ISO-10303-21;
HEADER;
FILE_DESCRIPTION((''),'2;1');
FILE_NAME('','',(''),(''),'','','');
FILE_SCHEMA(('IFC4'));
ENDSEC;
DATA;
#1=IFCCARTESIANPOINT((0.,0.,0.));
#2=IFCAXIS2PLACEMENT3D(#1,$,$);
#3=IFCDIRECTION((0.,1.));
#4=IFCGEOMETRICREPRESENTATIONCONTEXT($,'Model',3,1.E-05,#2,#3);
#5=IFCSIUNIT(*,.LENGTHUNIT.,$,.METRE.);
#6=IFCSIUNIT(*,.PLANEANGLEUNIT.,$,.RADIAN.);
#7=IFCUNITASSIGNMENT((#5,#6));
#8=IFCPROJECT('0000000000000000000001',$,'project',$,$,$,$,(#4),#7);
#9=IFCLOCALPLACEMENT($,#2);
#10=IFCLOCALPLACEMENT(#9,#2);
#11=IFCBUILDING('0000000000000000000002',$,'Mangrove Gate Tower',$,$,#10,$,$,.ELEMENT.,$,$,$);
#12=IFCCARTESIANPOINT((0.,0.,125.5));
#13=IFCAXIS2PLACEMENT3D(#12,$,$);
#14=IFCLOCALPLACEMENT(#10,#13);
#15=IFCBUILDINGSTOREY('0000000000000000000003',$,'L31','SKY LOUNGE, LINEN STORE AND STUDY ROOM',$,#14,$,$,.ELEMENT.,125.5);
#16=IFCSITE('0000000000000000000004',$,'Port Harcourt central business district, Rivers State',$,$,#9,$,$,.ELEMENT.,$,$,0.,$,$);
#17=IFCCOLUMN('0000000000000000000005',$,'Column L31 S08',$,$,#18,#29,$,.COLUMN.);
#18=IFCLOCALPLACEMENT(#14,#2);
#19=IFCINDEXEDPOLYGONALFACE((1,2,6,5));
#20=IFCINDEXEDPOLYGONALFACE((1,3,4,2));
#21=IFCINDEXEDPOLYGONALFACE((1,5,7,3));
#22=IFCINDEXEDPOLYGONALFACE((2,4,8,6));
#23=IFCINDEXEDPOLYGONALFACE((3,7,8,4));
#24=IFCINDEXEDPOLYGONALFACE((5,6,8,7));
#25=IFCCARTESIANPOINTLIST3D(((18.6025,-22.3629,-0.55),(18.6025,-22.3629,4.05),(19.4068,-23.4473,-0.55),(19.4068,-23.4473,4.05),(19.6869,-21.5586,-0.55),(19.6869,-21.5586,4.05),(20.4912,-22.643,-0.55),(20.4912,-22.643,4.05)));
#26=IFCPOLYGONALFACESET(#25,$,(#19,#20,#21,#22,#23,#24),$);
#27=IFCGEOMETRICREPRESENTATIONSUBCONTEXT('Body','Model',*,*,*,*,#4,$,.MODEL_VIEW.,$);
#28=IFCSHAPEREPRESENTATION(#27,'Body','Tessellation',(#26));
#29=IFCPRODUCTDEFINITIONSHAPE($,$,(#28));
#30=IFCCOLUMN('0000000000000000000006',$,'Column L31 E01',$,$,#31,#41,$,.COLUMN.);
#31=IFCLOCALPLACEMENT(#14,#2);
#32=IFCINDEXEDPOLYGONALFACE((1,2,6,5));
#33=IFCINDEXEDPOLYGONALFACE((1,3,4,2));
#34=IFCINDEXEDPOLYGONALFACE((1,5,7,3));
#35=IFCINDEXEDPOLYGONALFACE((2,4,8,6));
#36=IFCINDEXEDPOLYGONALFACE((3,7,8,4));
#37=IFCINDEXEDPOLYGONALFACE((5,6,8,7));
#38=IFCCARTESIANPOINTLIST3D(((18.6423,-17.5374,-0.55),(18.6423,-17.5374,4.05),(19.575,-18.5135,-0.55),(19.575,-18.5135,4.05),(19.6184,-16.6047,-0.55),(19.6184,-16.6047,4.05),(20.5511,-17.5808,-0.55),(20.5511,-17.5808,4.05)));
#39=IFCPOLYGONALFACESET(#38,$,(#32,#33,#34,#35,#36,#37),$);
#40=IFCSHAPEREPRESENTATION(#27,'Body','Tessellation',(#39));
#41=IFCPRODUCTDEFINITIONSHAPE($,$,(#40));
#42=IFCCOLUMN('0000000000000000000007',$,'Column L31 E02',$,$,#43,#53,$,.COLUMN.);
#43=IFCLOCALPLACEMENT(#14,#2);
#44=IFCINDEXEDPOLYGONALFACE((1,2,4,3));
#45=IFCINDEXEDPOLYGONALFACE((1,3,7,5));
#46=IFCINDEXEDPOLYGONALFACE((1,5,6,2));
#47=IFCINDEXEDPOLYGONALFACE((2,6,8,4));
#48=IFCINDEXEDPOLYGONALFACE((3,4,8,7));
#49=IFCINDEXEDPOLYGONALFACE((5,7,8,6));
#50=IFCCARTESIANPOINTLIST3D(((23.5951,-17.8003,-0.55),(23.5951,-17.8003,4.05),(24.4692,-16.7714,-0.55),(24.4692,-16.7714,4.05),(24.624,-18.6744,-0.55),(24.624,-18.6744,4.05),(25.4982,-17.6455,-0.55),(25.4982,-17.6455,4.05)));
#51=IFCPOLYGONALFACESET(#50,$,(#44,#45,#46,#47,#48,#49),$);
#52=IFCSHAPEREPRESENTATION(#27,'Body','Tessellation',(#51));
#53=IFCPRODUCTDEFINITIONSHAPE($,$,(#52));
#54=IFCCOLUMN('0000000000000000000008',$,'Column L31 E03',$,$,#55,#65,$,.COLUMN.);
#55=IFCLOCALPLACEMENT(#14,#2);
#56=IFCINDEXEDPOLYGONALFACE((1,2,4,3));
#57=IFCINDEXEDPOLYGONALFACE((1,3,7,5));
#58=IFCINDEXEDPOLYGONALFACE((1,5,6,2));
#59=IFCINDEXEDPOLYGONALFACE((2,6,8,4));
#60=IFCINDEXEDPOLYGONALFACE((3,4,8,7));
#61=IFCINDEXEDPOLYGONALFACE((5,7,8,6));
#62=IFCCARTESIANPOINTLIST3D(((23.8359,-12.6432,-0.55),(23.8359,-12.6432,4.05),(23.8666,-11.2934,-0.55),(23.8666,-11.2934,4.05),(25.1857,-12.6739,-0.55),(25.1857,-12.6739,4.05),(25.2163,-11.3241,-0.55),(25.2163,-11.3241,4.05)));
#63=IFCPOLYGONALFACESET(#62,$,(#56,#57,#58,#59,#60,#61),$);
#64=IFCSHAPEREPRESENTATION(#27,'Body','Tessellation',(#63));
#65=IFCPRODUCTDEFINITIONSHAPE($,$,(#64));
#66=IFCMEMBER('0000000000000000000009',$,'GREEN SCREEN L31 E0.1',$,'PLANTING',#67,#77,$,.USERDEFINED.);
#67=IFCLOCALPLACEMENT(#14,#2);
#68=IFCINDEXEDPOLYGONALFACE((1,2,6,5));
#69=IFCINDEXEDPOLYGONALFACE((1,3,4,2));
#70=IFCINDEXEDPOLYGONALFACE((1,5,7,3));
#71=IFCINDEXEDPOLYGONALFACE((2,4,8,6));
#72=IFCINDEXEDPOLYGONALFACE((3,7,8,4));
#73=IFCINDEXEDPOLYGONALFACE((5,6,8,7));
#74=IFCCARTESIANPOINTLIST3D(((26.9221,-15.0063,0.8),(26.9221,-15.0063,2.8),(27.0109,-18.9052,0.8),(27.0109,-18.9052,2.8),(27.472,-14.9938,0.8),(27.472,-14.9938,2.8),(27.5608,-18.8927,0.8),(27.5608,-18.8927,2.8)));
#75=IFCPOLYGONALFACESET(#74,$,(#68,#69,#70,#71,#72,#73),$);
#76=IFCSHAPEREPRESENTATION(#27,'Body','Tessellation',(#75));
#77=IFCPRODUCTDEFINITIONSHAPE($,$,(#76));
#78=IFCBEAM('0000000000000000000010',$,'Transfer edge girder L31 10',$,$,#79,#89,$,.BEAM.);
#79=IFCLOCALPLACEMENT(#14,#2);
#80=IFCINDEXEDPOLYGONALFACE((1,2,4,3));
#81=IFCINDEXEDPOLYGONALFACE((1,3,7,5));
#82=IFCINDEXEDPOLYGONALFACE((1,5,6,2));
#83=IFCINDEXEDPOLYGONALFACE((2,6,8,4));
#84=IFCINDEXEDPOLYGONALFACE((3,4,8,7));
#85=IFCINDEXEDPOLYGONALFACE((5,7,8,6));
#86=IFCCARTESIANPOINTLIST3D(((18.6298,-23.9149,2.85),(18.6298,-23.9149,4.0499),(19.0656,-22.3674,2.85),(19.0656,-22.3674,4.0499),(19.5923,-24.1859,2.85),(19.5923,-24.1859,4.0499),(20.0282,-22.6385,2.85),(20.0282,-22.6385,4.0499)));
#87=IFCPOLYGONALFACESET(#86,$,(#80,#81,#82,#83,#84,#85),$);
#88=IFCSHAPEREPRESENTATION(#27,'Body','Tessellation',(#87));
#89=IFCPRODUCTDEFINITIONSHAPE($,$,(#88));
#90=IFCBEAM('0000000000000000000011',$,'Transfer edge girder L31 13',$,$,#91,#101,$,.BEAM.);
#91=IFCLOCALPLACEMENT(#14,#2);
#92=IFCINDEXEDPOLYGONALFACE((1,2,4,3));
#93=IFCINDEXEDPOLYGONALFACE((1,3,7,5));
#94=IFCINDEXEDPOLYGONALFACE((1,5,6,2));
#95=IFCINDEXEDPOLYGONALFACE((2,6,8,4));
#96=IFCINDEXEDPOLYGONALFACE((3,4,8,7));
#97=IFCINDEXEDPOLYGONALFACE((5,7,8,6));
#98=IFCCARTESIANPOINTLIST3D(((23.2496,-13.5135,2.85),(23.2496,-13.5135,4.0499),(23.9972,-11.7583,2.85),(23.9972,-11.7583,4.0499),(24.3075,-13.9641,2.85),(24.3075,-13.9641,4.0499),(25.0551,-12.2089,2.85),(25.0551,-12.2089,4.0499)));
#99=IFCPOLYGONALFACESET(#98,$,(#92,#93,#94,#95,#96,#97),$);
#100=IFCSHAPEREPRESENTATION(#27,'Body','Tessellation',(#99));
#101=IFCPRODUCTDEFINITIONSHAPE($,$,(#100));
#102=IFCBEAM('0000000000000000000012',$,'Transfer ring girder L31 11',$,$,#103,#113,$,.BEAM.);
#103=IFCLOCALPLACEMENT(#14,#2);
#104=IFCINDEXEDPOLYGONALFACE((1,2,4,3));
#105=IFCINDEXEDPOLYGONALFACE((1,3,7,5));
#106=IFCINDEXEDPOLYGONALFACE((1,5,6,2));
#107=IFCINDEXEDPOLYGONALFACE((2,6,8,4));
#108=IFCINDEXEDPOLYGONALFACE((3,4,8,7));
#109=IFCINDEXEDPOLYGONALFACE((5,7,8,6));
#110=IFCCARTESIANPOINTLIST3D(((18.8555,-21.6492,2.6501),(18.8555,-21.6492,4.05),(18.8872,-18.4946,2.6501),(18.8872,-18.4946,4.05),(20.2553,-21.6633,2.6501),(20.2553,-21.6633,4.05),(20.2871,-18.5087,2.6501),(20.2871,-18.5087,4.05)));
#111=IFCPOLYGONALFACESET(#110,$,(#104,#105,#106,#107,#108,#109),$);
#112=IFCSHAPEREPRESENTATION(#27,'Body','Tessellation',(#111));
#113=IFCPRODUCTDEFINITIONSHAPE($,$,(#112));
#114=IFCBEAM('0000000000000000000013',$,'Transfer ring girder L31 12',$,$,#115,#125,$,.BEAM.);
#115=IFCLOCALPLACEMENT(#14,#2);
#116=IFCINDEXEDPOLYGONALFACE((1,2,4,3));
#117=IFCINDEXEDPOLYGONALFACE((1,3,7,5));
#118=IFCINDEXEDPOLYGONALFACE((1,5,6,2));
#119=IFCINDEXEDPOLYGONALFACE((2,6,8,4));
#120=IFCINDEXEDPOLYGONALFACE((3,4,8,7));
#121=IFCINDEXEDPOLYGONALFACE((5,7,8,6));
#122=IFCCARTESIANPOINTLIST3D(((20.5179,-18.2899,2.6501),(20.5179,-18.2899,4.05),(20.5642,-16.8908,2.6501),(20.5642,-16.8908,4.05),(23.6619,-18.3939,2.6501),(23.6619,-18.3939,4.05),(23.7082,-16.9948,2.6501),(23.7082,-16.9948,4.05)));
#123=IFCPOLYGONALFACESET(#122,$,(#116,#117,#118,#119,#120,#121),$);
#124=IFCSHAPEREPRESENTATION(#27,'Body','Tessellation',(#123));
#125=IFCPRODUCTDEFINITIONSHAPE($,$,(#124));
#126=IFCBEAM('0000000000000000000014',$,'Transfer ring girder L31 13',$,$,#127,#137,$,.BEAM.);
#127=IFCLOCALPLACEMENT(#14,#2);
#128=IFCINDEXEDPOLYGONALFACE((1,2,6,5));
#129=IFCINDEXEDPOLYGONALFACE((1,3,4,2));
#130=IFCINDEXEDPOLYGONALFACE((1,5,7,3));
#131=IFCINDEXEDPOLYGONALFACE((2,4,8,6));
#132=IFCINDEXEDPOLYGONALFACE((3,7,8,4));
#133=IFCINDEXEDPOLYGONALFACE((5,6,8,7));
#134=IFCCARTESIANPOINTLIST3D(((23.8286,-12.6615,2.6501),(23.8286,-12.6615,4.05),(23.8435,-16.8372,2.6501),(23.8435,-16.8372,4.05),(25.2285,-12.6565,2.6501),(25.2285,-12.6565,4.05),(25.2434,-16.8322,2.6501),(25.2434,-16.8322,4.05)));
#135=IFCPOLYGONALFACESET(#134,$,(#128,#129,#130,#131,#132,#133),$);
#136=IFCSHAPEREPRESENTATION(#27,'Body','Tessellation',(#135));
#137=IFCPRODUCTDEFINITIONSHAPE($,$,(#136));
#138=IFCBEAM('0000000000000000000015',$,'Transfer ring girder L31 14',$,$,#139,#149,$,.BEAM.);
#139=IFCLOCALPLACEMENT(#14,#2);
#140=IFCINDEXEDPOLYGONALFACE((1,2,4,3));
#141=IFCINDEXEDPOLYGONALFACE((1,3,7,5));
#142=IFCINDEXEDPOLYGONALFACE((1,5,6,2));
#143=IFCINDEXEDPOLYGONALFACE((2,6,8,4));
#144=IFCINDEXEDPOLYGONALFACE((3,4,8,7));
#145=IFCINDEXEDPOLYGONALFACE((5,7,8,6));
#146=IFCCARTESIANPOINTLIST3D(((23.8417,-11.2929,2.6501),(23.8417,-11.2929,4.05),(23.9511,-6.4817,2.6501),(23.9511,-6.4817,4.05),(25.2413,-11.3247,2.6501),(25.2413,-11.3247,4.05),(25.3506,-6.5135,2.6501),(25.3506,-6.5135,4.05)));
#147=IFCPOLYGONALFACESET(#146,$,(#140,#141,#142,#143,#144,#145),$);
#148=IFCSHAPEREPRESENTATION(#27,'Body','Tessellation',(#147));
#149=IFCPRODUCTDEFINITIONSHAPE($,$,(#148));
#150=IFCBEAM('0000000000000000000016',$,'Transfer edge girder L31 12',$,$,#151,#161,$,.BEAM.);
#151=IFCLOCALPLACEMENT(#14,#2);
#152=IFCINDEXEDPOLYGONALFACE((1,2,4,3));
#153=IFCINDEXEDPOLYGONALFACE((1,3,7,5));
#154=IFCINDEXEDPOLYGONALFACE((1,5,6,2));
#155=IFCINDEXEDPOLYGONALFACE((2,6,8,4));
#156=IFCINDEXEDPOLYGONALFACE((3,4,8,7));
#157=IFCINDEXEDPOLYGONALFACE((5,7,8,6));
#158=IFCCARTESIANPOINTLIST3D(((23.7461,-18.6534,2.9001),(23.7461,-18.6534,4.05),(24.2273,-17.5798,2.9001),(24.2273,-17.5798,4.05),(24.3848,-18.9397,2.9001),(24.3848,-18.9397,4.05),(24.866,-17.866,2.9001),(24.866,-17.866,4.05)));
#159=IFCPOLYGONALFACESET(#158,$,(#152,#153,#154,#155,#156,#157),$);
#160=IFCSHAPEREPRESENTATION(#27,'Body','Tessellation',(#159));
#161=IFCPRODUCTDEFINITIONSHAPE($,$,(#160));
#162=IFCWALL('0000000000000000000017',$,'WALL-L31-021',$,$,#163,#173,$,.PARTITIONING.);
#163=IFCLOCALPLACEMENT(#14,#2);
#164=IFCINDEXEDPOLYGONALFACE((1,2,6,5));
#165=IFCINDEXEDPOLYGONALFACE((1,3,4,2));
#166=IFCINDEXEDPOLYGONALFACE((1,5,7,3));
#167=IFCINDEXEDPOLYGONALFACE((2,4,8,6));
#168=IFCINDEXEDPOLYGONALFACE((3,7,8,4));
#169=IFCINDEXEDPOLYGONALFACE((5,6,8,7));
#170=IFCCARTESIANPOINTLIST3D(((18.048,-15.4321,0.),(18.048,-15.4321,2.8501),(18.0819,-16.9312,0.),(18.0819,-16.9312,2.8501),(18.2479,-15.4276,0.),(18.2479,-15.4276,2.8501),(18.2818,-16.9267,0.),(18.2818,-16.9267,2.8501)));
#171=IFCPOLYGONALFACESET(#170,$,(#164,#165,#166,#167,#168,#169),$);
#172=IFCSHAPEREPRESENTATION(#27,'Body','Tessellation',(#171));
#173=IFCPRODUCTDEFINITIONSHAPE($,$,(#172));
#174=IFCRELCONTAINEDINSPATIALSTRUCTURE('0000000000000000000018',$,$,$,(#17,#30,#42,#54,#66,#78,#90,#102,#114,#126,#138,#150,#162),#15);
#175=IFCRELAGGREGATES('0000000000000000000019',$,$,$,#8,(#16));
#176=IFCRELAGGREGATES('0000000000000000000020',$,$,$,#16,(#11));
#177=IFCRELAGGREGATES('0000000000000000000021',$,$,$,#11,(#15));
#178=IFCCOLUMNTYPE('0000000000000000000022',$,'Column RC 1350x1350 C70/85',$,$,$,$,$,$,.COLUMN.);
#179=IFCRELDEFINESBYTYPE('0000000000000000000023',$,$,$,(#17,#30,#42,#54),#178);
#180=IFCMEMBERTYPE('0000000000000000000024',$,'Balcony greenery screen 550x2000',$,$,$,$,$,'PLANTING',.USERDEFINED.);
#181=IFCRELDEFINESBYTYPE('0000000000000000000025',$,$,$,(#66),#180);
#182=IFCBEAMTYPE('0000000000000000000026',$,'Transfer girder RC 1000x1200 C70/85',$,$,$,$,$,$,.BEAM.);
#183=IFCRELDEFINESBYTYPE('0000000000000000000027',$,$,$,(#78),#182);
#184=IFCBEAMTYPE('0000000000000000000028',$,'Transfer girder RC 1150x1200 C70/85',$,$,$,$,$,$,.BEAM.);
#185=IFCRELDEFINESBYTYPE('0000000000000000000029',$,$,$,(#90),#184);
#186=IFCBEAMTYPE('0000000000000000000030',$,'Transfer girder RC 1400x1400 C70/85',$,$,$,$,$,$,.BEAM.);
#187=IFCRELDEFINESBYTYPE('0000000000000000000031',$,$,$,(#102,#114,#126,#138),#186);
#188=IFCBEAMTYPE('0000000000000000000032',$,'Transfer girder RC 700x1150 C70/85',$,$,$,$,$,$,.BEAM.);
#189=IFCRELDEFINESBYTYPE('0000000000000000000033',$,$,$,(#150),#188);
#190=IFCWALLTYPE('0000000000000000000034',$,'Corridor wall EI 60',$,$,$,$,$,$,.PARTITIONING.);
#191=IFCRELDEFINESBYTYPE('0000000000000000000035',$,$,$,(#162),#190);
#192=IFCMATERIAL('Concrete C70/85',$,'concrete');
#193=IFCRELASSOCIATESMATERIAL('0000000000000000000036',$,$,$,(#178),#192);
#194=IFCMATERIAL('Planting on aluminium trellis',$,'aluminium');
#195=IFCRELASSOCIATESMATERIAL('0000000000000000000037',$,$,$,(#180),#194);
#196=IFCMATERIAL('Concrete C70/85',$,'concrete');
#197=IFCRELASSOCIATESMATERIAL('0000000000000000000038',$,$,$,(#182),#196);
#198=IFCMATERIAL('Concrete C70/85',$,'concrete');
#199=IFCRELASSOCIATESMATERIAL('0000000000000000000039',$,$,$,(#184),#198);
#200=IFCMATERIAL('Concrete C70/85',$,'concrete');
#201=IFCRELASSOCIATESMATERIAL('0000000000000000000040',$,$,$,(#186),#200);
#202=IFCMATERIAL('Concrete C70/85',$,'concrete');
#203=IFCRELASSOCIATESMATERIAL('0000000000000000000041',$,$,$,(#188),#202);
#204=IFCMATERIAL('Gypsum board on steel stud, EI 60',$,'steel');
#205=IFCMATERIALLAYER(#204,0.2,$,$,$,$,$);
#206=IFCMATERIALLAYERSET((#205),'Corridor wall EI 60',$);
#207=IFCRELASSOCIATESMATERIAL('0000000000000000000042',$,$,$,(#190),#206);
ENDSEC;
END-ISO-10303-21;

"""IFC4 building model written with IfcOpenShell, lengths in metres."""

from ifc_helpers import new_model, si_unit, direction, frame, frame_2d, origin, origin_2d, place, context, subcontext, project, spatial, rectangle, extrude, material, layer, layer_set, material_profile, profile_set, type_object, element, save


model = new_model("IFC4")

# Units and contexts
model_context = context("Model", 3, precision=1e-05, world=origin(), true_north=direction((0.0, 1.0)))
body_context = subcontext(model_context, "Body", "Model", "MODEL_VIEW")
ifc_project = project(units=[si_unit("LENGTHUNIT", "METRE"), si_unit("PLANEANGLEUNIT", "RADIAN")], contexts=[model_context])

# Site, building, storey
site_placement = place(None, origin())
site = spatial("IfcSite", under=ifc_project, at=site_placement, Name="Port Harcourt central business district, Rivers State", CompositionType="ELEMENT", RefElevation=0.0)
building_placement = place(site_placement, origin())
building = spatial("IfcBuilding", under=site, at=building_placement, Name="Mangrove Gate Tower", CompositionType="ELEMENT")
storey_placement = place(building_placement, frame((0.0, 0.0, 125.5)))
storey = spatial("IfcBuildingStorey", under=building, at=storey_placement, Name="L31", Description="SKY LOUNGE, LINEN STORE AND STUDY ROOM", CompositionType="ELEMENT", Elevation=125.5)

# Columns
ifc_material_1 = material(Name="Concrete C70/85", Category="concrete")
ifc_material_profile_1 = material_profile(ifc_material_1, rectangle(XDim=1.3501, YDim=1.3501, at=origin_2d()))
ifc_profile_set_1 = profile_set([ifc_material_profile_1], Name="Concrete C70/85")
column_type = type_object("IfcColumnType", Name="Column RC 1350x1350 C70/85", PredefinedType="COLUMN", material=ifc_profile_set_1)
for number, where, z_axis, x_axis, name in (
    (1, (19.5469, -22.5029, -0.55), (0.0, 0.0, 1.0), (0.8032, 0.595709, 0.0), "Column L31 S08"),
    (2, (19.5967, -17.5591, -0.55), (0.0, 0.0, 1.0), (0.722977, 0.690873, 0.0), "Column L31 E01"),
    (3, (24.5466, -17.7229, -0.55), (0.0, 0.0, 1.0), (0.647444, 0.762113, 0.0), "Column L31 E02"),
    (4, (24.5261, -11.9836, -0.55), (0.0, 0.0, 1.0), (0.022718, 0.999742, 0.0), "Column L31 E03"),
):
    element("IfcColumn", number, at=place(storey_placement, frame(where, z_axis=z_axis, x_axis=x_axis)), inside=storey, type_object=column_type, Name=name, PredefinedType="COLUMN", context=body_context, shape_type="SweptSolid", body=[
        extrude(rectangle(XDim=1.3501, YDim=1.3501, at=origin_2d()), origin(), (0.0, 0.0, 1.0), 4.6001),
    ])

# Member
ifc_material_2 = material(Name="Planting on aluminium trellis", Category="aluminium")
ifc_material_profile_2 = material_profile(ifc_material_2, rectangle(XDim=0.55, YDim=2.0, at=origin_2d()))
ifc_profile_set_2 = profile_set([ifc_material_profile_2], Name="Planting on aluminium trellis")
member_type = type_object("IfcMemberType", Name="Balcony greenery screen 550x2000", ElementType="PLANTING", PredefinedType="USERDEFINED", material=ifc_profile_set_2)
member_placement = place(storey_placement, frame((27.2859, -18.8989, 1.8), z_axis=(-0.022787, 0.99974, 0.0), x_axis=(-0.99974, -0.022787, 0.0)))
element("IfcMember", 5, at=member_placement, inside=storey, type_object=member_type, Name="GREEN SCREEN L31 E0.1", ObjectType="PLANTING", PredefinedType="USERDEFINED", context=body_context, shape_type="SweptSolid", body=[
    extrude(rectangle(XDim=0.55, YDim=2.0, at=origin_2d()), origin(), (0.0, 0.0, 1.0), 3.8999),
])

# Beams
ifc_material_3 = material(Name="Concrete C70/85", Category="concrete")
ifc_material_profile_3 = material_profile(ifc_material_3, rectangle(XDim=1.0, YDim=1.2, at=origin_2d()))
ifc_profile_set_3 = profile_set([ifc_material_profile_3], Name="Concrete C70/85")
beam_type_1 = type_object("IfcBeamType", Name="Transfer girder RC 1000x1200 C70/85", PredefinedType="BEAM", material=ifc_profile_set_3)
beam_1_placement = place(storey_placement, frame((19.5469, -22.5029, 3.45), z_axis=(-0.271089, -0.962554, 0.0), x_axis=(0.962554, -0.271089, 0.0)))
element("IfcBeam", 6, at=beam_1_placement, inside=storey, type_object=beam_type_1, Name="Transfer edge girder L31 10", PredefinedType="BEAM", context=body_context, shape_type="SweptSolid", body=[
    extrude(rectangle(XDim=1.0, YDim=1.2, at=origin_2d()), origin(), (0.0, 0.0, 1.0), 1.6077),
])
ifc_material_4 = material(Name="Concrete C70/85", Category="concrete")
ifc_material_profile_4 = material_profile(ifc_material_4, rectangle(XDim=1.1499, YDim=1.2, at=origin_2d()))
ifc_profile_set_4 = profile_set([ifc_material_profile_4], Name="Concrete C70/85")
beam_type_2 = type_object("IfcBeamType", Name="Transfer girder RC 1150x1200 C70/85", PredefinedType="BEAM", material=ifc_profile_set_4)
beam_2_placement = place(storey_placement, frame((24.5261, -11.9836, 3.45), z_axis=(-0.391864, -0.920023, 0.0), x_axis=(0.920023, -0.391864, 0.0)))
element("IfcBeam", 7, at=beam_2_placement, inside=storey, type_object=beam_type_2, Name="Transfer edge girder L31 13", PredefinedType="BEAM", context=body_context, shape_type="SweptSolid", body=[
    extrude(rectangle(XDim=1.1499, YDim=1.2, at=origin_2d()), origin(), (0.0, 0.0, 1.0), 1.9077),
])
ifc_material_5 = material(Name="Concrete C70/85", Category="concrete")
ifc_material_profile_5 = material_profile(ifc_material_5, rectangle(XDim=1.3999, YDim=1.3999, at=origin_2d()))
ifc_profile_set_5 = profile_set([ifc_material_profile_5], Name="Concrete C70/85")
beam_type_3 = type_object("IfcBeamType", Name="Transfer girder RC 1400x1400 C70/85", PredefinedType="BEAM", material=ifc_profile_set_5)
beam_3_placement = place(storey_placement, frame((19.5554, -21.6562, 3.3501), z_axis=(0.010061, 0.999949, 0.0), x_axis=(-0.999949, 0.010061, 0.0)))
element("IfcBeam", 8, at=beam_3_placement, inside=storey, type_object=beam_type_3, Name="Transfer ring girder L31 11", PredefinedType="BEAM", context=body_context, shape_type="SweptSolid", body=[
    extrude(rectangle(XDim=1.3999, YDim=1.3999, at=origin_2d()), origin(), (0.0, 0.0, 1.0), 3.1548),
])
beam_4_placement = place(storey_placement, frame((20.541, -17.5903, 3.3501), z_axis=(0.999453, -0.033062, 0.0), x_axis=(0.033062, 0.999453, 0.0)))
element("IfcBeam", 9, at=beam_4_placement, inside=storey, type_object=beam_type_3, Name="Transfer ring girder L31 12", PredefinedType="BEAM", context=body_context, shape_type="SweptSolid", body=[
    extrude(rectangle(XDim=1.3999, YDim=1.3999, at=origin_2d()), origin(), (0.0, 0.0, 1.0), 3.1458),
])
beam_5_placement = place(storey_placement, frame((24.5435, -16.8347, 3.3501), z_axis=(-0.003566, 0.999994, 0.0), x_axis=(-0.999994, -0.003566, 0.0)))
element("IfcBeam", 10, at=beam_5_placement, inside=storey, type_object=beam_type_3, Name="Transfer ring girder L31 13", PredefinedType="BEAM", context=body_context, shape_type="SweptSolid", body=[
    extrude(rectangle(XDim=1.3999, YDim=1.3999, at=origin_2d()), origin(), (0.0, 0.0, 1.0), 4.1758),
])
beam_6_placement = place(storey_placement, frame((24.5415, -11.3088, 3.3501), z_axis=(0.022727, 0.999742, 0.0), x_axis=(-0.999742, 0.022727, 0.0)))
element("IfcBeam", 11, at=beam_6_placement, inside=storey, type_object=beam_type_3, Name="Transfer ring girder L31 14", PredefinedType="BEAM", context=body_context, shape_type="SweptSolid", body=[
    extrude(rectangle(XDim=1.3999, YDim=1.3999, at=origin_2d()), origin(), (0.0, 0.0, 1.0), 4.8125),
])
ifc_material_6 = material(Name="Concrete C70/85", Category="concrete")
ifc_material_profile_6 = material_profile(ifc_material_6, rectangle(XDim=0.7, YDim=1.1499, at=origin_2d()))
ifc_profile_set_6 = profile_set([ifc_material_profile_6], Name="Concrete C70/85")
beam_type_4 = type_object("IfcBeamType", Name="Transfer girder RC 700x1150 C70/85", PredefinedType="BEAM", material=ifc_profile_set_6)
beam_7_placement = place(storey_placement, frame((24.5466, -17.7229, 3.4751), z_axis=(-0.408967, -0.912549, 0.0), x_axis=(0.912549, -0.408967, 0.0)))
element("IfcBeam", 12, at=beam_7_placement, inside=storey, type_object=beam_type_4, Name="Transfer edge girder L31 12", PredefinedType="BEAM", context=body_context, shape_type="SweptSolid", body=[
    extrude(rectangle(XDim=0.7, YDim=1.1499, at=origin_2d()), origin(), (0.0, 0.0, 1.0), 1.1765),
])

# Wall
ifc_material_7 = material(Name="Gypsum board on steel stud, EI 60", Category="steel")
ifc_layer_1 = layer(ifc_material_7, 0.2)
ifc_layer_set_1 = layer_set([ifc_layer_1], Name="Corridor wall EI 60")
wall_type_1 = type_object("IfcWallType", Name="Corridor wall EI 60", PredefinedType="PARTITIONING", material=ifc_layer_set_1)
wall_1_placement = place(storey_placement, frame((18.1819, -16.929, 0.0), z_axis=(0.0, 0.0, 1.0), x_axis=(-0.022633, 0.999744, 0.0)))
element("IfcWall", 13, at=wall_1_placement, inside=storey, type_object=wall_type_1, Name="WALL-L31-021", PredefinedType="PARTITIONING", context=body_context, shape_type="SweptSolid", body=[
    extrude(rectangle(XDim=1.4995, YDim=0.2, at=frame_2d((0.7498, 0.0))), origin(), (0.0, 0.0, 1.0), 2.8501),
])

save(model, "model.ifc")
